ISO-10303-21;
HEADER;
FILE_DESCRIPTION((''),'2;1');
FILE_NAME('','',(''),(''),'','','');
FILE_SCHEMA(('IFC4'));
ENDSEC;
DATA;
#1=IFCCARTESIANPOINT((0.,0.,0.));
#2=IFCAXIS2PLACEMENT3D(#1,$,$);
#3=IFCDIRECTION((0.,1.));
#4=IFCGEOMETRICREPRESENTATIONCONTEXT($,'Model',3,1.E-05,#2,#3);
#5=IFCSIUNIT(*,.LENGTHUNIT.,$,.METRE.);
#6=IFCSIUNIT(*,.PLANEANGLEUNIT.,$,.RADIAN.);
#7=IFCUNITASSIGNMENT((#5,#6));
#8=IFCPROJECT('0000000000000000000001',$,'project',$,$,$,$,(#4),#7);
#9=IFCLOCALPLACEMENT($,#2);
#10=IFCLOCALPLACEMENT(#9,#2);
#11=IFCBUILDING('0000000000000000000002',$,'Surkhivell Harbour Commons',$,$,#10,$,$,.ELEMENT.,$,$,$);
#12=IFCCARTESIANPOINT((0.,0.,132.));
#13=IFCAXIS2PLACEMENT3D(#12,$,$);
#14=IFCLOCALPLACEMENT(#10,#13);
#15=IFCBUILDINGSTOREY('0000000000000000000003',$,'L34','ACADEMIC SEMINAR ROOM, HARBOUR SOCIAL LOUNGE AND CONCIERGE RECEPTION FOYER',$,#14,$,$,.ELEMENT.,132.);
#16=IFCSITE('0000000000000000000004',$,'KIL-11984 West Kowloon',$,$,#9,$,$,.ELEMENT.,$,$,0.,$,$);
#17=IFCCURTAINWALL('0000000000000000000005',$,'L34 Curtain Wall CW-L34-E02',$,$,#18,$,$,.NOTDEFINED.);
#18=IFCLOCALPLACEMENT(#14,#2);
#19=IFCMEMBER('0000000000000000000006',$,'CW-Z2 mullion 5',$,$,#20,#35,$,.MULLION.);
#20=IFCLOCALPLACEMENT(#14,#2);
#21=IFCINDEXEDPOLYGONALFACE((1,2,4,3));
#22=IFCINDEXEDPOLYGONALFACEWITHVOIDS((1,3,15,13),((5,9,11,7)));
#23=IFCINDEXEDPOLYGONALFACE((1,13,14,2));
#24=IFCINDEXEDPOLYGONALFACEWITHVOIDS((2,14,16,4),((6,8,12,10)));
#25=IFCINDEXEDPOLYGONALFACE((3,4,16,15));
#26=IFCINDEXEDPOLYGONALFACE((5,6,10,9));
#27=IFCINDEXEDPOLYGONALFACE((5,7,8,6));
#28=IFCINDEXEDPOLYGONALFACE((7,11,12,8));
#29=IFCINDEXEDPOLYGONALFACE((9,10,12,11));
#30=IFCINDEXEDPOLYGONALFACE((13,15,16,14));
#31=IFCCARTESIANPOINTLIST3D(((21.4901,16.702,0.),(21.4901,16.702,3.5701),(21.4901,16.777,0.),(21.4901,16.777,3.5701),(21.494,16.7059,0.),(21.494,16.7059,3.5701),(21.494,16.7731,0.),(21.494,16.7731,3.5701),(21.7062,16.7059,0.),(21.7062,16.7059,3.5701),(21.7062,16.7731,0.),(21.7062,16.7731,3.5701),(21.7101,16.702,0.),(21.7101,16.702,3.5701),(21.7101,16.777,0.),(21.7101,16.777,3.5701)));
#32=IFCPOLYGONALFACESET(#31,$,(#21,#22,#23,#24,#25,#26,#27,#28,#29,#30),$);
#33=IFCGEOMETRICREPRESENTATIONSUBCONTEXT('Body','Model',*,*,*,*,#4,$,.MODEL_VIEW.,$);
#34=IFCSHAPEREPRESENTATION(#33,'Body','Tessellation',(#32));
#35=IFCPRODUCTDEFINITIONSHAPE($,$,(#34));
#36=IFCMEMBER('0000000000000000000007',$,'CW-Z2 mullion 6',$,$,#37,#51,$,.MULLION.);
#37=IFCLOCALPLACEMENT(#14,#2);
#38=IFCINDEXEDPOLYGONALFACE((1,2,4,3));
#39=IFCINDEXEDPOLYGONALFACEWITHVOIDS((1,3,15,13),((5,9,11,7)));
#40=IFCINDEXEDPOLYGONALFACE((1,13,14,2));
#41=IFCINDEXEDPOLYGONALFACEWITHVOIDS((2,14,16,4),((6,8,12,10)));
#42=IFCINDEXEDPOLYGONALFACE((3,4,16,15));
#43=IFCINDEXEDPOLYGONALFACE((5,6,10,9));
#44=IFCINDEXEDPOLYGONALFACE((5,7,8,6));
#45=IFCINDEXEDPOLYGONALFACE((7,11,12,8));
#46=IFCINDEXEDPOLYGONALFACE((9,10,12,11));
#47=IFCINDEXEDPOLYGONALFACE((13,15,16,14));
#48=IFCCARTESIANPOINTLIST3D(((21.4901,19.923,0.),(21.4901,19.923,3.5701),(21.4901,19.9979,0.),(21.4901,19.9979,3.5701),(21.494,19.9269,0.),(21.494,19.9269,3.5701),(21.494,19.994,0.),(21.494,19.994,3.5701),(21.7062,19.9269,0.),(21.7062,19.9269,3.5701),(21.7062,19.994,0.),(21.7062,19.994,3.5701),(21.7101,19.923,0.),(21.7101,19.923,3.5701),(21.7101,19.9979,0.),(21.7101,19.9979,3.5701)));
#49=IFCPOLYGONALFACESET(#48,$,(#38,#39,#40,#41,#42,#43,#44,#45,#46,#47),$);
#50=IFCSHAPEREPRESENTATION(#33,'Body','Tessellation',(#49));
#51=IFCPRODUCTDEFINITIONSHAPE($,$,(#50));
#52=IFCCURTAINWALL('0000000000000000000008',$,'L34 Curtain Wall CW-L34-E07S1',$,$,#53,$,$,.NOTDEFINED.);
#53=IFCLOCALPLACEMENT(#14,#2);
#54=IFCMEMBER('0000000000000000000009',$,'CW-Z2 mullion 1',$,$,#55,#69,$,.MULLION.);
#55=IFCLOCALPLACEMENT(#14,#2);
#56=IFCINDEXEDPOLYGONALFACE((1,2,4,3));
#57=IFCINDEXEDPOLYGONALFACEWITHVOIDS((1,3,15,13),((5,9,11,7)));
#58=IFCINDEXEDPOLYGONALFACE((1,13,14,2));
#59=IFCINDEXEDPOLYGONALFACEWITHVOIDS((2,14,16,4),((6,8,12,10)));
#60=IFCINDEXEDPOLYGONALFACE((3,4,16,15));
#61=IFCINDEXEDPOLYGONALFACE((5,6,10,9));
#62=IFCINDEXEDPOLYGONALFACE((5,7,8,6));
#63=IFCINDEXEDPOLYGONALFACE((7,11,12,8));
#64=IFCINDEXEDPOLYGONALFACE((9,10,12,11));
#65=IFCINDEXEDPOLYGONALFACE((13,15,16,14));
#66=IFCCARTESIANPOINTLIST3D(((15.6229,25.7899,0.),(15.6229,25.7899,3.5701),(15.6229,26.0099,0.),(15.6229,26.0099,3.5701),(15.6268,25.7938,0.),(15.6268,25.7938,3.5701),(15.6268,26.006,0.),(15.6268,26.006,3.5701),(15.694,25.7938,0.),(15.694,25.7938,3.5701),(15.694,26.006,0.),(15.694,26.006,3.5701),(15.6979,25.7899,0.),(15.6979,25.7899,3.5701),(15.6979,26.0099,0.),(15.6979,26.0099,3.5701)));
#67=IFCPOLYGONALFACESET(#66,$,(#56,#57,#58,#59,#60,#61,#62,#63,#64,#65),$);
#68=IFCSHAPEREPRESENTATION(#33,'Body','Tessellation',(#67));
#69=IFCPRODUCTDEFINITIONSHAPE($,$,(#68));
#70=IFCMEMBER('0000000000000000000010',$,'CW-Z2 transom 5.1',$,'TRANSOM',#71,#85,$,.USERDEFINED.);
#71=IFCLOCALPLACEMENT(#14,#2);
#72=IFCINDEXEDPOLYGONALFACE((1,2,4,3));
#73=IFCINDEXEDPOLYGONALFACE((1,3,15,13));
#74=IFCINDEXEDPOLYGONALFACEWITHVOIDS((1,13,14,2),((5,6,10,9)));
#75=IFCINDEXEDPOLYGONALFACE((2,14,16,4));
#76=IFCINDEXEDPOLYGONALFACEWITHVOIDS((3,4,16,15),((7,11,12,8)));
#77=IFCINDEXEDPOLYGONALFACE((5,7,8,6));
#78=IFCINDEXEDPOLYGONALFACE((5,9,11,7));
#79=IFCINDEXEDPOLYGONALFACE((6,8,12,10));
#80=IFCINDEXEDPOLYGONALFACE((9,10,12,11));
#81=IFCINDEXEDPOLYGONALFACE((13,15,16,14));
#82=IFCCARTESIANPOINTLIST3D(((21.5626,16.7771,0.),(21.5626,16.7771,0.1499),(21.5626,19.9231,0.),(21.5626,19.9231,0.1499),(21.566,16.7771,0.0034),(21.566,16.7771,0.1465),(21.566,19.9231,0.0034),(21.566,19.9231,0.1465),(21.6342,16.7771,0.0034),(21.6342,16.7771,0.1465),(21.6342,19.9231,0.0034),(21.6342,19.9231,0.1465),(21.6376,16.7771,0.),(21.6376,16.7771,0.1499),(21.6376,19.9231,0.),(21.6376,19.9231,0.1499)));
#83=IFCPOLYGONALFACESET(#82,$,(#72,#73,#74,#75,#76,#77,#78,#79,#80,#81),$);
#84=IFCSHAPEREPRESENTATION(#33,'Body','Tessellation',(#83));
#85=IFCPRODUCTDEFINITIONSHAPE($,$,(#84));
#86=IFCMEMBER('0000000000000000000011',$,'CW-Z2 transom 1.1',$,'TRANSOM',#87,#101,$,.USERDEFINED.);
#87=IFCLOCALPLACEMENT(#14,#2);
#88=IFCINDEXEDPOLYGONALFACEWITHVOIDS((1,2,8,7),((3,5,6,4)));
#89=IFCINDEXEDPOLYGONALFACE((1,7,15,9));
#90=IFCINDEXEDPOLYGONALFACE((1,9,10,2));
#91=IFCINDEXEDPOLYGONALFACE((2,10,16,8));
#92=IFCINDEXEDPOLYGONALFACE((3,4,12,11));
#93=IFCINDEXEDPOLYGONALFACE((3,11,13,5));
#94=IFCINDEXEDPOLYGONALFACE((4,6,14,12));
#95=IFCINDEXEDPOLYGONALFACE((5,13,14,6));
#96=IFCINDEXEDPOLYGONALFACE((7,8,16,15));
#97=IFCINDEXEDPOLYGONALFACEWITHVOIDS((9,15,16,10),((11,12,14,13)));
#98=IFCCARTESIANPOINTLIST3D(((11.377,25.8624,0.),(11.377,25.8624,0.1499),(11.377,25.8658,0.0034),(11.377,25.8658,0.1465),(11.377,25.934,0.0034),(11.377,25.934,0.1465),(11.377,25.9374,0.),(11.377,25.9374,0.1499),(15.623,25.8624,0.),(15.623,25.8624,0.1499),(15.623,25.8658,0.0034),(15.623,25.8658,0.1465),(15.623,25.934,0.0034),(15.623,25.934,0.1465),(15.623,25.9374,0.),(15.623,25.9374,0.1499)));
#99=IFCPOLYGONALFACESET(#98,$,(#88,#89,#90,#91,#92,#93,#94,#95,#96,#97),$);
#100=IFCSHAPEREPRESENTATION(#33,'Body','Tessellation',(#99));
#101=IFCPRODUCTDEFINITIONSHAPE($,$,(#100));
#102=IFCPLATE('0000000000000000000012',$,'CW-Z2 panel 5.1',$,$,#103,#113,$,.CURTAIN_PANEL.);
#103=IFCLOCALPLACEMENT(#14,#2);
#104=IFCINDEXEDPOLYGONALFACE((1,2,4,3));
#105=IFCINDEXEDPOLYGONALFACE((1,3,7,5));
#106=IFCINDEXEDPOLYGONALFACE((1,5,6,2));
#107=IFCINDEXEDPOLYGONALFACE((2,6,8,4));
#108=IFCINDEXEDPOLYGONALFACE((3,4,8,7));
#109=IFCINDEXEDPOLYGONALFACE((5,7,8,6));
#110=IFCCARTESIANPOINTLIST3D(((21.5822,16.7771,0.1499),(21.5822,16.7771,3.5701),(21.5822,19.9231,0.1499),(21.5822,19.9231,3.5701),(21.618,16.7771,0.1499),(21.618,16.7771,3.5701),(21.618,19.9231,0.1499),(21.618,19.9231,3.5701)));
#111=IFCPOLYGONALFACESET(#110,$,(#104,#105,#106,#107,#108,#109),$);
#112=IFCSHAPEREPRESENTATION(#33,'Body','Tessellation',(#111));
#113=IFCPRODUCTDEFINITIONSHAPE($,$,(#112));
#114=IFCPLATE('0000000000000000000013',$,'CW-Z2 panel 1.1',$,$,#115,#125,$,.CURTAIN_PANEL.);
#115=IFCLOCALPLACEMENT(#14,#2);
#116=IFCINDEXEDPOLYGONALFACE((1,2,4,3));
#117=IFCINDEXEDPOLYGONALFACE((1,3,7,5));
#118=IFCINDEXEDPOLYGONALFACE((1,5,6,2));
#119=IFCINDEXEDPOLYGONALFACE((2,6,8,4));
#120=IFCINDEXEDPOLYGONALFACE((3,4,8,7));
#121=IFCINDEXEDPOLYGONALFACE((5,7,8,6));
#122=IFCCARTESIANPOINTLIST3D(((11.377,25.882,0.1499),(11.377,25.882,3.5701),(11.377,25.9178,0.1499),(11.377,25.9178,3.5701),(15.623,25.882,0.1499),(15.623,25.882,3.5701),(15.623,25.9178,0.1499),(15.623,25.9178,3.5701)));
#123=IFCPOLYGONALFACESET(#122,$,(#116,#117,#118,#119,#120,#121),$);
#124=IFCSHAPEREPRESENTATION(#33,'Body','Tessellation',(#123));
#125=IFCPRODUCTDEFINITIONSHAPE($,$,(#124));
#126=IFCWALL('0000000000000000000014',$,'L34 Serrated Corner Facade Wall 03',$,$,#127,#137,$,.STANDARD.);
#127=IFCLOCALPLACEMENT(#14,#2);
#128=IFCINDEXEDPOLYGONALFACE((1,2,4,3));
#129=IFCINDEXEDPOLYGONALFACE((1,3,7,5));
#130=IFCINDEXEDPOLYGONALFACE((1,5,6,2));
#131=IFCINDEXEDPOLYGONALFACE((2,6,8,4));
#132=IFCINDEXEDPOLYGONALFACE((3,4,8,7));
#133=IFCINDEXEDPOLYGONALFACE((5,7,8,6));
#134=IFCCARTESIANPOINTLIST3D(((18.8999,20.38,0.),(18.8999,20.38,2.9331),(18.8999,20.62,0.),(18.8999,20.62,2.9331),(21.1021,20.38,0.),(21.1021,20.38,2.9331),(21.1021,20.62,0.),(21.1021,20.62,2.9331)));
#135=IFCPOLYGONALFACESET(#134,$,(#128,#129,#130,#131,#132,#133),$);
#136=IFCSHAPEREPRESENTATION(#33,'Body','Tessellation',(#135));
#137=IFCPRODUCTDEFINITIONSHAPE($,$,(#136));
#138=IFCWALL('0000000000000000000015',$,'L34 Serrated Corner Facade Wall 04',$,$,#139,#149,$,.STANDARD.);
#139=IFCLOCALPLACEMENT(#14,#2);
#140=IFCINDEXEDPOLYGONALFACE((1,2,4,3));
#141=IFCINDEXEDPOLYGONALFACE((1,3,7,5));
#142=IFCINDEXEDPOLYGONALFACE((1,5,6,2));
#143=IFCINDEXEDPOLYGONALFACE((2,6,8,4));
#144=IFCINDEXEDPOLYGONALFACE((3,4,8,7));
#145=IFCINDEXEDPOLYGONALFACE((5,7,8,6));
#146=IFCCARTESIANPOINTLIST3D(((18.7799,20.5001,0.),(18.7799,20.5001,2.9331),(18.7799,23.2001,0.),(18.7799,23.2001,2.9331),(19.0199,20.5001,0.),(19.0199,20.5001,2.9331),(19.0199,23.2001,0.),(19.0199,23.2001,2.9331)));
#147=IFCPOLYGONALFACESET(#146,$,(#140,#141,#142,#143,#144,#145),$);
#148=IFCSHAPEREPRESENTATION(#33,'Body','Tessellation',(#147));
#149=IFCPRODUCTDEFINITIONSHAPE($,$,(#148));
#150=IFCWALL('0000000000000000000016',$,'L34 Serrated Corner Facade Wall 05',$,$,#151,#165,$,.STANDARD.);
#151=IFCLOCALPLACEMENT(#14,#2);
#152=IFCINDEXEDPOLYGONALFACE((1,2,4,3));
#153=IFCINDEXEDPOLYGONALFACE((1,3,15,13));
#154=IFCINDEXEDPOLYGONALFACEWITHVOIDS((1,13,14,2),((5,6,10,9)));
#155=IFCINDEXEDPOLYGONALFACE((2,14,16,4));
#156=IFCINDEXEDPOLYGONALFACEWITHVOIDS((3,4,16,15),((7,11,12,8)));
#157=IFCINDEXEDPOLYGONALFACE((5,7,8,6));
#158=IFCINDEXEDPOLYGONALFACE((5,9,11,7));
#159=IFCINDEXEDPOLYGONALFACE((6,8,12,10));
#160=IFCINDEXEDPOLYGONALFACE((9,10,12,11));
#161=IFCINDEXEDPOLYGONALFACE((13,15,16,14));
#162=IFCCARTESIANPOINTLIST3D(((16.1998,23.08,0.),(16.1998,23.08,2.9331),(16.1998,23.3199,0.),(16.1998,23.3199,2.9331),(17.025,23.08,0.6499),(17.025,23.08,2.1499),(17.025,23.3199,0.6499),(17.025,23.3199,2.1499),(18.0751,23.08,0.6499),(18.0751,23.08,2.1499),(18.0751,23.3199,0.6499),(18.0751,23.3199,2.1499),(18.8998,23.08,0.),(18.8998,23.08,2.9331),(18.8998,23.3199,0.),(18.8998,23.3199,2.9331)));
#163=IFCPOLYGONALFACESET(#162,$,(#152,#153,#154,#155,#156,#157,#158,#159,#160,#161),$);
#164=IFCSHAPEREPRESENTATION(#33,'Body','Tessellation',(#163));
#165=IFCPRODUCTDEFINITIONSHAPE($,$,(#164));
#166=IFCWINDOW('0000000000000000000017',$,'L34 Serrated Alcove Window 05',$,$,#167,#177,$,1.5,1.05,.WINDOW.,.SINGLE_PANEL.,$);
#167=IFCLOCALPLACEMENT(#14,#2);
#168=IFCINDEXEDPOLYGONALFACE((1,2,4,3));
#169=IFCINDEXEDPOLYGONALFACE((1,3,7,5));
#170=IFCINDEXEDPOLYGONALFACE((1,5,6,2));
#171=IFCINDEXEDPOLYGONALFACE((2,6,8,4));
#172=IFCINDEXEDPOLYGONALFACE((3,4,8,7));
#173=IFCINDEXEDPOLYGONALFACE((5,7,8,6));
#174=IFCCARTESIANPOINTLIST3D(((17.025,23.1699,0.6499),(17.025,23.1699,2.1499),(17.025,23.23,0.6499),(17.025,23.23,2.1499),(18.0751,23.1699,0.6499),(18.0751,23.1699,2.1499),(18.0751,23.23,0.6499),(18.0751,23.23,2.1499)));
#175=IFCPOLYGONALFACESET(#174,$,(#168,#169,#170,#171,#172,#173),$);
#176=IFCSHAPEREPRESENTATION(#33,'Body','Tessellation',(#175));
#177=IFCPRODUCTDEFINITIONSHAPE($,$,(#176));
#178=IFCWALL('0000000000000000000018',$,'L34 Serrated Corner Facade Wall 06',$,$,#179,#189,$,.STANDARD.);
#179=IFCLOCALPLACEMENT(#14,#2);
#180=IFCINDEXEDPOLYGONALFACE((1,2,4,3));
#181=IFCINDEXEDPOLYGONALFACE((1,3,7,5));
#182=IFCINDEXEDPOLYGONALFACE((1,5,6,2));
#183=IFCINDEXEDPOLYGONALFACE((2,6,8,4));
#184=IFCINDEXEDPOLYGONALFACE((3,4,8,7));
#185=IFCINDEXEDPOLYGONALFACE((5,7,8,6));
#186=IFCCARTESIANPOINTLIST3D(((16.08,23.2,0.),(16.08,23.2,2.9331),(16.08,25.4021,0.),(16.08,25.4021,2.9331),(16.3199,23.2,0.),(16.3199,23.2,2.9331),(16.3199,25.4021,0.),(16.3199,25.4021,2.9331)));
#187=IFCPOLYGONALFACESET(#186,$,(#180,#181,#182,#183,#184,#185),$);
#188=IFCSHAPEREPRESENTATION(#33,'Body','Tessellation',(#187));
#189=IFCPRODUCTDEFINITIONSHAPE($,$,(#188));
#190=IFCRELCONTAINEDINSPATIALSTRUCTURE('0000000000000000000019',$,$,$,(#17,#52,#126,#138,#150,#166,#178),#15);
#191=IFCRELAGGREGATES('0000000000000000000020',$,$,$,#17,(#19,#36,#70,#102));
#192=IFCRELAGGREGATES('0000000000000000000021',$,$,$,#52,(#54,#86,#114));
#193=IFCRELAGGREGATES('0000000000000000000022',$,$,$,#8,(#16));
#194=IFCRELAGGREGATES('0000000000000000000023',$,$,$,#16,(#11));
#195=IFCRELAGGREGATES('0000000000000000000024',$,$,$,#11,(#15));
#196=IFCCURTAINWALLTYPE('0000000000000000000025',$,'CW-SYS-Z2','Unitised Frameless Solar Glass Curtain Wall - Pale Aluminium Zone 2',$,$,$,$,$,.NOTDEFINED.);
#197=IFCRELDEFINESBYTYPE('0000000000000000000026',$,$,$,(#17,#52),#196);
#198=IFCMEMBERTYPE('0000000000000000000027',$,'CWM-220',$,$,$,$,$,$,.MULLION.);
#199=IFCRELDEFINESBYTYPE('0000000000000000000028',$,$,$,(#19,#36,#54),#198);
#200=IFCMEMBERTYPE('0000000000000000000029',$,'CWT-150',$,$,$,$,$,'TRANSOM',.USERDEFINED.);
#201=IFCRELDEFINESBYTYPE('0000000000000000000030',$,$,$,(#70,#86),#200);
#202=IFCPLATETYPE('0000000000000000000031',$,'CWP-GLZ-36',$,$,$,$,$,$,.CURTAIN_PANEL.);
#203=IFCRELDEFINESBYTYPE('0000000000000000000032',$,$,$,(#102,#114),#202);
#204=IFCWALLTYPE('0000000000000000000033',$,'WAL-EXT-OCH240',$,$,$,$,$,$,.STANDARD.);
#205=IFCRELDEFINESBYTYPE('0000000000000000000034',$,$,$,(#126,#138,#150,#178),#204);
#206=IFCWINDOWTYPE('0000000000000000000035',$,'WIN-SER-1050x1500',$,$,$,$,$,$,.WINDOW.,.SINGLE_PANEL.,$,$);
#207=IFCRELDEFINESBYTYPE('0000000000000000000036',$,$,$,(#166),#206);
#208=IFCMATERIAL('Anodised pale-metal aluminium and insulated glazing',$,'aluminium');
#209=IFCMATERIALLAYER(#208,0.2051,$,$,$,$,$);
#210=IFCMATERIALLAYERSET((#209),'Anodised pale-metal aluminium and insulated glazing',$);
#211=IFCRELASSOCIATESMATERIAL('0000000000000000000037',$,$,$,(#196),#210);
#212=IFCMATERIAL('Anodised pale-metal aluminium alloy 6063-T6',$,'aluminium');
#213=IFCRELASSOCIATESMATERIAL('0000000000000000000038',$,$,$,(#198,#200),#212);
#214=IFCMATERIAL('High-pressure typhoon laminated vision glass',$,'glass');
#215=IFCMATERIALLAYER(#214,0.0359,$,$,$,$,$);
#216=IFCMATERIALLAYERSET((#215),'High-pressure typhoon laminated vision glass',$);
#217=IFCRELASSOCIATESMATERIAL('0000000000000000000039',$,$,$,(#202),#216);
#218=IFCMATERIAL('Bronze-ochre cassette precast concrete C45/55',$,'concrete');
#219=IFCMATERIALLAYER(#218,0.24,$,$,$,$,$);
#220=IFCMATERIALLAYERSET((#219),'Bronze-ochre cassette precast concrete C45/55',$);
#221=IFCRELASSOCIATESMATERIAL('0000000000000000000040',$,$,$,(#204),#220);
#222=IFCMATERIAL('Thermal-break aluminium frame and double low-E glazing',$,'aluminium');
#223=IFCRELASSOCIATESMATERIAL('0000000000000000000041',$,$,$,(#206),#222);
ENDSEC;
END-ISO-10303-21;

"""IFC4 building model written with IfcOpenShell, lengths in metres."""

from ifc_helpers import new_model, si_unit, direction, frame, frame_2d, origin, origin_2d, place, context, subcontext, project, spatial, rectangle, hollow_rectangle, extrude, material, layer, layer_set, material_profile, profile_set, type_object, element, fill, aggregate, save


model = new_model("IFC4")

# Units and contexts
model_context = context("Model", 3, precision=1e-05, world=origin(), true_north=direction((0.0, 1.0)))
body_context = subcontext(model_context, "Body", "Model", "MODEL_VIEW")
ifc_project = project(units=[si_unit("LENGTHUNIT", "METRE"), si_unit("PLANEANGLEUNIT", "RADIAN")], contexts=[model_context])

# Site, building, storey
site_placement = place(None, origin())
site = spatial("IfcSite", under=ifc_project, at=site_placement, Name="KIL-11984 West Kowloon", CompositionType="ELEMENT", RefElevation=0.0)
building_placement = place(site_placement, origin())
building = spatial("IfcBuilding", under=site, at=building_placement, Name="Surkhivell Harbour Commons", CompositionType="ELEMENT")
storey_placement = place(building_placement, frame((0.0, 0.0, 132.0)))
storey = spatial("IfcBuildingStorey", under=building, at=storey_placement, Name="L34", Description="ACADEMIC SEMINAR ROOM, HARBOUR SOCIAL LOUNGE AND CONCIERGE RECEPTION FOYER", CompositionType="ELEMENT", Elevation=132.0)

# Curtain wall, members
ifc_material_1 = material(Name="Anodised pale-metal aluminium and insulated glazing", Category="aluminium")
ifc_layer_1 = layer(ifc_material_1, 0.2051)
ifc_layer_set_1 = layer_set([ifc_layer_1], Name="Anodised pale-metal aluminium and insulated glazing")
curtain_wall_type = type_object("IfcCurtainWallType", Name="CW-SYS-Z2", Description="Unitised Frameless Solar Glass Curtain Wall - Pale Aluminium Zone 2", PredefinedType="NOTDEFINED", material=ifc_layer_set_1)
curtain_wall_1_placement = place(storey_placement, origin())
curtain_wall_1 = element("IfcCurtainWall", 1, at=curtain_wall_1_placement, inside=storey, type_object=curtain_wall_type, Name="L34 Curtain Wall CW-L34-E02", PredefinedType="NOTDEFINED")
ifc_material_2 = material(Name="Anodised pale-metal aluminium alloy 6063-T6", Category="aluminium")
ifc_material_profile_1 = material_profile(ifc_material_2, hollow_rectangle(XDim=0.075, YDim=0.22, WallThickness=0.0039, at=origin_2d()), Name="ALU-MULL-75x220")
ifc_profile_set_1 = profile_set([ifc_material_profile_1], Name="Anodised pale-metal aluminium alloy 6063-T6")
member_type_1 = type_object("IfcMemberType", Name="CWM-220", PredefinedType="MULLION", material=ifc_profile_set_1)
member_1_placement = place(storey_placement, frame((21.6001, 16.7395, 0.0), z_axis=(0.0, 0.0, 1.0), x_axis=(0.0, 1.0, 0.0)))
member_1 = element("IfcMember", 2, at=member_1_placement, type_object=member_type_1, Name="CW-Z2 mullion 5", PredefinedType="MULLION", context=body_context, shape_type="SweptSolid", body=[
    extrude(hollow_rectangle(XDim=0.075, YDim=0.22, WallThickness=0.0039, at=origin_2d()), origin(), (0.0, 0.0, 1.0), 3.5701),
])
member_2_placement = place(storey_placement, frame((21.6001, 19.9604, 0.0), z_axis=(0.0, 0.0, 1.0), x_axis=(0.0, 1.0, 0.0)))
member_2 = element("IfcMember", 3, at=member_2_placement, type_object=member_type_1, Name="CW-Z2 mullion 6", PredefinedType="MULLION", context=body_context, shape_type="SweptSolid", body=[
    extrude(hollow_rectangle(XDim=0.075, YDim=0.22, WallThickness=0.0039, at=origin_2d()), origin(), (0.0, 0.0, 1.0), 3.5701),
])

# Curtain wall, member
curtain_wall_2_placement = place(storey_placement, origin())
curtain_wall_2 = element("IfcCurtainWall", 4, at=curtain_wall_2_placement, inside=storey, type_object=curtain_wall_type, Name="L34 Curtain Wall CW-L34-E07S1", PredefinedType="NOTDEFINED")
member_3_placement = place(storey_placement, frame((15.6604, 25.8999, 0.0), z_axis=(0.0, 0.0, 1.0), x_axis=(-1.0, 0.0, 0.0)))
member_3 = element("IfcMember", 5, at=member_3_placement, type_object=member_type_1, Name="CW-Z2 mullion 1", PredefinedType="MULLION", context=body_context, shape_type="SweptSolid", body=[
    extrude(hollow_rectangle(XDim=0.075, YDim=0.22, WallThickness=0.0039, at=origin_2d()), origin(), (0.0, 0.0, 1.0), 3.5701),
])

# Members
ifc_material_profile_2 = material_profile(ifc_material_2, hollow_rectangle(XDim=0.075, YDim=0.1499, WallThickness=0.0034, at=origin_2d()), Name="ALU-TRAN-75x150")
ifc_profile_set_2 = profile_set([ifc_material_profile_2], Name="Anodised pale-metal aluminium alloy 6063-T6")
member_type_2 = type_object("IfcMemberType", Name="CWT-150", ElementType="TRANSOM", PredefinedType="USERDEFINED", material=ifc_profile_set_2)
member_4_placement = place(storey_placement, frame((21.6001, 16.7771, 0.075), z_axis=(0.0, 1.0, 0.0), x_axis=(-1.0, 0.0, 0.0)))
member_4 = element("IfcMember", 6, at=member_4_placement, type_object=member_type_2, Name="CW-Z2 transom 5.1", ObjectType="TRANSOM", PredefinedType="USERDEFINED", context=body_context, shape_type="SweptSolid", body=[
    extrude(hollow_rectangle(XDim=0.075, YDim=0.1499, WallThickness=0.0034, at=origin_2d()), origin(), (0.0, 0.0, 1.0), 3.146),
])
member_5_placement = place(storey_placement, frame((15.623, 25.8999, 0.075), z_axis=(-1.0, 0.0, 0.0), x_axis=(0.0, -1.0, 0.0)))
member_5 = element("IfcMember", 7, at=member_5_placement, type_object=member_type_2, Name="CW-Z2 transom 1.1", ObjectType="TRANSOM", PredefinedType="USERDEFINED", context=body_context, shape_type="SweptSolid", body=[
    extrude(hollow_rectangle(XDim=0.075, YDim=0.1499, WallThickness=0.0034, at=origin_2d()), origin(), (0.0, 0.0, 1.0), 4.2461),
])

# Plates
ifc_material_3 = material(Name="High-pressure typhoon laminated vision glass", Category="glass")
ifc_layer_2 = layer(ifc_material_3, 0.0359)
ifc_layer_set_2 = layer_set([ifc_layer_2], Name="High-pressure typhoon laminated vision glass")
plate_type = type_object("IfcPlateType", Name="CWP-GLZ-36", PredefinedType="CURTAIN_PANEL", material=ifc_layer_set_2)
plate_1_placement = place(storey_placement, frame((21.6001, 16.7771, 0.1499), z_axis=(0.0, 0.0, 1.0), x_axis=(0.0, 1.0, 0.0)))
plate_1 = element("IfcPlate", 8, at=plate_1_placement, type_object=plate_type, Name="CW-Z2 panel 5.1", PredefinedType="CURTAIN_PANEL", context=body_context, shape_type="SweptSolid", body=[
    extrude(rectangle(XDim=3.146, YDim=0.0359, at=frame_2d((1.573, 0.0))), origin(), (0.0, 0.0, 1.0), 3.4202),
])
aggregate(curtain_wall_1, [member_1, member_2, member_4, plate_1])
plate_2_placement = place(storey_placement, frame((15.623, 25.8999, 0.1499), z_axis=(0.0, 0.0, 1.0), x_axis=(-1.0, 0.0, 0.0)))
plate_2 = element("IfcPlate", 9, at=plate_2_placement, type_object=plate_type, Name="CW-Z2 panel 1.1", PredefinedType="CURTAIN_PANEL", context=body_context, shape_type="SweptSolid", body=[
    extrude(rectangle(XDim=4.2461, YDim=0.0359, at=frame_2d((2.123, 0.0))), origin(), (0.0, 0.0, 1.0), 3.4202),
])
aggregate(curtain_wall_2, [member_3, member_5, plate_2])

# Walls
ifc_material_4 = material(Name="Bronze-ochre cassette precast concrete C45/55", Category="concrete")
ifc_layer_3 = layer(ifc_material_4, 0.24)
ifc_layer_set_3 = layer_set([ifc_layer_3], Name="Bronze-ochre cassette precast concrete C45/55")
wall_type_1 = type_object("IfcWallType", Name="WAL-EXT-OCH240", PredefinedType="STANDARD", material=ifc_layer_set_3)
wall_1_placement = place(storey_placement, frame((21.1021, 20.5, 0.0), z_axis=(0.0, 0.0, 1.0), x_axis=(-1.0, 0.0, 0.0)))
element("IfcWall", 10, at=wall_1_placement, inside=storey, type_object=wall_type_1, Name="L34 Serrated Corner Facade Wall 03", PredefinedType="STANDARD", context=body_context, shape_type="SweptSolid", body=[
    extrude(rectangle(XDim=2.2021, YDim=0.24, at=frame_2d((1.1011, 0.0))), origin(), (0.0, 0.0, 1.0), 2.9331),
])
wall_2_placement = place(storey_placement, frame((18.8999, 20.5, 0.0), z_axis=(0.0, 0.0, 1.0), x_axis=(0.0, 1.0, 0.0)))
element("IfcWall", 11, at=wall_2_placement, inside=storey, type_object=wall_type_1, Name="L34 Serrated Corner Facade Wall 04", PredefinedType="STANDARD", context=body_context, shape_type="SweptSolid", body=[
    extrude(rectangle(XDim=2.7, YDim=0.24, at=frame_2d((1.3501, 0.0))), origin(), (0.0, 0.0, 1.0), 2.9331),
])

# Wall, opening, window
wall_3_placement = place(storey_placement, frame((18.8999, 23.2, 0.0), z_axis=(0.0, 0.0, 1.0), x_axis=(-1.0, 0.0, 0.0)))
wall_3 = element("IfcWall", 12, at=wall_3_placement, inside=storey, type_object=wall_type_1, Name="L34 Serrated Corner Facade Wall 05", PredefinedType="STANDARD", context=body_context, shape_type="SweptSolid", body=[
    extrude(rectangle(XDim=2.7, YDim=0.24, at=frame_2d((1.3501, 0.0))), origin(), (0.0, 0.0, 1.0), 2.9331),
])
opening_placement = place(wall_3_placement, frame((0.825, 0.0, 0.6499)))
opening = element("IfcOpeningElement", 13, at=opening_placement, cuts=wall_3, PredefinedType="OPENING", context=body_context, shape_type="SweptSolid", body=[
    extrude(rectangle(XDim=1.05, YDim=1.5, at=frame_2d((0.5249, 0.75))), frame((0.0, 0.1299, 0.0), z_axis=(0.0, -1.0, 0.0), x_axis=(1.0, 0.0, 0.0)), (0.0, 0.0, 1.0), 0.26),
])
ifc_material_5 = material(Name="Thermal-break aluminium frame and double low-E glazing", Category="aluminium")
window_type = type_object("IfcWindowType", Name="WIN-SER-1050x1500", PartitioningType="SINGLE_PANEL", PredefinedType="WINDOW", material=ifc_material_5)
window_placement = place(opening_placement, origin())
window = element("IfcWindow", 14, at=window_placement, inside=storey, type_object=window_type, Name="L34 Serrated Alcove Window 05", OverallHeight=1.5, OverallWidth=1.05, PartitioningType="SINGLE_PANEL", PredefinedType="WINDOW", context=body_context, shape_type="SweptSolid", body=[
    extrude(rectangle(XDim=1.05, YDim=1.5, at=frame_2d((0.5249, 0.75))), frame((0.0, 0.03, 0.0), z_axis=(0.0, -1.0, 0.0), x_axis=(1.0, 0.0, 0.0)), (0.0, 0.0, 1.0), 0.0601),
])
fill(opening, window)

# Wall
wall_4_placement = place(storey_placement, frame((16.2, 23.2, 0.0), z_axis=(0.0, 0.0, 1.0), x_axis=(0.0, 1.0, 0.0)))
element("IfcWall", 15, at=wall_4_placement, inside=storey, type_object=wall_type_1, Name="L34 Serrated Corner Facade Wall 06", PredefinedType="STANDARD", context=body_context, shape_type="SweptSolid", body=[
    extrude(rectangle(XDim=2.2021, YDim=0.24, at=frame_2d((1.1011, 0.0))), origin(), (0.0, 0.0, 1.0), 2.9331),
])

save(model, "model.ifc")
